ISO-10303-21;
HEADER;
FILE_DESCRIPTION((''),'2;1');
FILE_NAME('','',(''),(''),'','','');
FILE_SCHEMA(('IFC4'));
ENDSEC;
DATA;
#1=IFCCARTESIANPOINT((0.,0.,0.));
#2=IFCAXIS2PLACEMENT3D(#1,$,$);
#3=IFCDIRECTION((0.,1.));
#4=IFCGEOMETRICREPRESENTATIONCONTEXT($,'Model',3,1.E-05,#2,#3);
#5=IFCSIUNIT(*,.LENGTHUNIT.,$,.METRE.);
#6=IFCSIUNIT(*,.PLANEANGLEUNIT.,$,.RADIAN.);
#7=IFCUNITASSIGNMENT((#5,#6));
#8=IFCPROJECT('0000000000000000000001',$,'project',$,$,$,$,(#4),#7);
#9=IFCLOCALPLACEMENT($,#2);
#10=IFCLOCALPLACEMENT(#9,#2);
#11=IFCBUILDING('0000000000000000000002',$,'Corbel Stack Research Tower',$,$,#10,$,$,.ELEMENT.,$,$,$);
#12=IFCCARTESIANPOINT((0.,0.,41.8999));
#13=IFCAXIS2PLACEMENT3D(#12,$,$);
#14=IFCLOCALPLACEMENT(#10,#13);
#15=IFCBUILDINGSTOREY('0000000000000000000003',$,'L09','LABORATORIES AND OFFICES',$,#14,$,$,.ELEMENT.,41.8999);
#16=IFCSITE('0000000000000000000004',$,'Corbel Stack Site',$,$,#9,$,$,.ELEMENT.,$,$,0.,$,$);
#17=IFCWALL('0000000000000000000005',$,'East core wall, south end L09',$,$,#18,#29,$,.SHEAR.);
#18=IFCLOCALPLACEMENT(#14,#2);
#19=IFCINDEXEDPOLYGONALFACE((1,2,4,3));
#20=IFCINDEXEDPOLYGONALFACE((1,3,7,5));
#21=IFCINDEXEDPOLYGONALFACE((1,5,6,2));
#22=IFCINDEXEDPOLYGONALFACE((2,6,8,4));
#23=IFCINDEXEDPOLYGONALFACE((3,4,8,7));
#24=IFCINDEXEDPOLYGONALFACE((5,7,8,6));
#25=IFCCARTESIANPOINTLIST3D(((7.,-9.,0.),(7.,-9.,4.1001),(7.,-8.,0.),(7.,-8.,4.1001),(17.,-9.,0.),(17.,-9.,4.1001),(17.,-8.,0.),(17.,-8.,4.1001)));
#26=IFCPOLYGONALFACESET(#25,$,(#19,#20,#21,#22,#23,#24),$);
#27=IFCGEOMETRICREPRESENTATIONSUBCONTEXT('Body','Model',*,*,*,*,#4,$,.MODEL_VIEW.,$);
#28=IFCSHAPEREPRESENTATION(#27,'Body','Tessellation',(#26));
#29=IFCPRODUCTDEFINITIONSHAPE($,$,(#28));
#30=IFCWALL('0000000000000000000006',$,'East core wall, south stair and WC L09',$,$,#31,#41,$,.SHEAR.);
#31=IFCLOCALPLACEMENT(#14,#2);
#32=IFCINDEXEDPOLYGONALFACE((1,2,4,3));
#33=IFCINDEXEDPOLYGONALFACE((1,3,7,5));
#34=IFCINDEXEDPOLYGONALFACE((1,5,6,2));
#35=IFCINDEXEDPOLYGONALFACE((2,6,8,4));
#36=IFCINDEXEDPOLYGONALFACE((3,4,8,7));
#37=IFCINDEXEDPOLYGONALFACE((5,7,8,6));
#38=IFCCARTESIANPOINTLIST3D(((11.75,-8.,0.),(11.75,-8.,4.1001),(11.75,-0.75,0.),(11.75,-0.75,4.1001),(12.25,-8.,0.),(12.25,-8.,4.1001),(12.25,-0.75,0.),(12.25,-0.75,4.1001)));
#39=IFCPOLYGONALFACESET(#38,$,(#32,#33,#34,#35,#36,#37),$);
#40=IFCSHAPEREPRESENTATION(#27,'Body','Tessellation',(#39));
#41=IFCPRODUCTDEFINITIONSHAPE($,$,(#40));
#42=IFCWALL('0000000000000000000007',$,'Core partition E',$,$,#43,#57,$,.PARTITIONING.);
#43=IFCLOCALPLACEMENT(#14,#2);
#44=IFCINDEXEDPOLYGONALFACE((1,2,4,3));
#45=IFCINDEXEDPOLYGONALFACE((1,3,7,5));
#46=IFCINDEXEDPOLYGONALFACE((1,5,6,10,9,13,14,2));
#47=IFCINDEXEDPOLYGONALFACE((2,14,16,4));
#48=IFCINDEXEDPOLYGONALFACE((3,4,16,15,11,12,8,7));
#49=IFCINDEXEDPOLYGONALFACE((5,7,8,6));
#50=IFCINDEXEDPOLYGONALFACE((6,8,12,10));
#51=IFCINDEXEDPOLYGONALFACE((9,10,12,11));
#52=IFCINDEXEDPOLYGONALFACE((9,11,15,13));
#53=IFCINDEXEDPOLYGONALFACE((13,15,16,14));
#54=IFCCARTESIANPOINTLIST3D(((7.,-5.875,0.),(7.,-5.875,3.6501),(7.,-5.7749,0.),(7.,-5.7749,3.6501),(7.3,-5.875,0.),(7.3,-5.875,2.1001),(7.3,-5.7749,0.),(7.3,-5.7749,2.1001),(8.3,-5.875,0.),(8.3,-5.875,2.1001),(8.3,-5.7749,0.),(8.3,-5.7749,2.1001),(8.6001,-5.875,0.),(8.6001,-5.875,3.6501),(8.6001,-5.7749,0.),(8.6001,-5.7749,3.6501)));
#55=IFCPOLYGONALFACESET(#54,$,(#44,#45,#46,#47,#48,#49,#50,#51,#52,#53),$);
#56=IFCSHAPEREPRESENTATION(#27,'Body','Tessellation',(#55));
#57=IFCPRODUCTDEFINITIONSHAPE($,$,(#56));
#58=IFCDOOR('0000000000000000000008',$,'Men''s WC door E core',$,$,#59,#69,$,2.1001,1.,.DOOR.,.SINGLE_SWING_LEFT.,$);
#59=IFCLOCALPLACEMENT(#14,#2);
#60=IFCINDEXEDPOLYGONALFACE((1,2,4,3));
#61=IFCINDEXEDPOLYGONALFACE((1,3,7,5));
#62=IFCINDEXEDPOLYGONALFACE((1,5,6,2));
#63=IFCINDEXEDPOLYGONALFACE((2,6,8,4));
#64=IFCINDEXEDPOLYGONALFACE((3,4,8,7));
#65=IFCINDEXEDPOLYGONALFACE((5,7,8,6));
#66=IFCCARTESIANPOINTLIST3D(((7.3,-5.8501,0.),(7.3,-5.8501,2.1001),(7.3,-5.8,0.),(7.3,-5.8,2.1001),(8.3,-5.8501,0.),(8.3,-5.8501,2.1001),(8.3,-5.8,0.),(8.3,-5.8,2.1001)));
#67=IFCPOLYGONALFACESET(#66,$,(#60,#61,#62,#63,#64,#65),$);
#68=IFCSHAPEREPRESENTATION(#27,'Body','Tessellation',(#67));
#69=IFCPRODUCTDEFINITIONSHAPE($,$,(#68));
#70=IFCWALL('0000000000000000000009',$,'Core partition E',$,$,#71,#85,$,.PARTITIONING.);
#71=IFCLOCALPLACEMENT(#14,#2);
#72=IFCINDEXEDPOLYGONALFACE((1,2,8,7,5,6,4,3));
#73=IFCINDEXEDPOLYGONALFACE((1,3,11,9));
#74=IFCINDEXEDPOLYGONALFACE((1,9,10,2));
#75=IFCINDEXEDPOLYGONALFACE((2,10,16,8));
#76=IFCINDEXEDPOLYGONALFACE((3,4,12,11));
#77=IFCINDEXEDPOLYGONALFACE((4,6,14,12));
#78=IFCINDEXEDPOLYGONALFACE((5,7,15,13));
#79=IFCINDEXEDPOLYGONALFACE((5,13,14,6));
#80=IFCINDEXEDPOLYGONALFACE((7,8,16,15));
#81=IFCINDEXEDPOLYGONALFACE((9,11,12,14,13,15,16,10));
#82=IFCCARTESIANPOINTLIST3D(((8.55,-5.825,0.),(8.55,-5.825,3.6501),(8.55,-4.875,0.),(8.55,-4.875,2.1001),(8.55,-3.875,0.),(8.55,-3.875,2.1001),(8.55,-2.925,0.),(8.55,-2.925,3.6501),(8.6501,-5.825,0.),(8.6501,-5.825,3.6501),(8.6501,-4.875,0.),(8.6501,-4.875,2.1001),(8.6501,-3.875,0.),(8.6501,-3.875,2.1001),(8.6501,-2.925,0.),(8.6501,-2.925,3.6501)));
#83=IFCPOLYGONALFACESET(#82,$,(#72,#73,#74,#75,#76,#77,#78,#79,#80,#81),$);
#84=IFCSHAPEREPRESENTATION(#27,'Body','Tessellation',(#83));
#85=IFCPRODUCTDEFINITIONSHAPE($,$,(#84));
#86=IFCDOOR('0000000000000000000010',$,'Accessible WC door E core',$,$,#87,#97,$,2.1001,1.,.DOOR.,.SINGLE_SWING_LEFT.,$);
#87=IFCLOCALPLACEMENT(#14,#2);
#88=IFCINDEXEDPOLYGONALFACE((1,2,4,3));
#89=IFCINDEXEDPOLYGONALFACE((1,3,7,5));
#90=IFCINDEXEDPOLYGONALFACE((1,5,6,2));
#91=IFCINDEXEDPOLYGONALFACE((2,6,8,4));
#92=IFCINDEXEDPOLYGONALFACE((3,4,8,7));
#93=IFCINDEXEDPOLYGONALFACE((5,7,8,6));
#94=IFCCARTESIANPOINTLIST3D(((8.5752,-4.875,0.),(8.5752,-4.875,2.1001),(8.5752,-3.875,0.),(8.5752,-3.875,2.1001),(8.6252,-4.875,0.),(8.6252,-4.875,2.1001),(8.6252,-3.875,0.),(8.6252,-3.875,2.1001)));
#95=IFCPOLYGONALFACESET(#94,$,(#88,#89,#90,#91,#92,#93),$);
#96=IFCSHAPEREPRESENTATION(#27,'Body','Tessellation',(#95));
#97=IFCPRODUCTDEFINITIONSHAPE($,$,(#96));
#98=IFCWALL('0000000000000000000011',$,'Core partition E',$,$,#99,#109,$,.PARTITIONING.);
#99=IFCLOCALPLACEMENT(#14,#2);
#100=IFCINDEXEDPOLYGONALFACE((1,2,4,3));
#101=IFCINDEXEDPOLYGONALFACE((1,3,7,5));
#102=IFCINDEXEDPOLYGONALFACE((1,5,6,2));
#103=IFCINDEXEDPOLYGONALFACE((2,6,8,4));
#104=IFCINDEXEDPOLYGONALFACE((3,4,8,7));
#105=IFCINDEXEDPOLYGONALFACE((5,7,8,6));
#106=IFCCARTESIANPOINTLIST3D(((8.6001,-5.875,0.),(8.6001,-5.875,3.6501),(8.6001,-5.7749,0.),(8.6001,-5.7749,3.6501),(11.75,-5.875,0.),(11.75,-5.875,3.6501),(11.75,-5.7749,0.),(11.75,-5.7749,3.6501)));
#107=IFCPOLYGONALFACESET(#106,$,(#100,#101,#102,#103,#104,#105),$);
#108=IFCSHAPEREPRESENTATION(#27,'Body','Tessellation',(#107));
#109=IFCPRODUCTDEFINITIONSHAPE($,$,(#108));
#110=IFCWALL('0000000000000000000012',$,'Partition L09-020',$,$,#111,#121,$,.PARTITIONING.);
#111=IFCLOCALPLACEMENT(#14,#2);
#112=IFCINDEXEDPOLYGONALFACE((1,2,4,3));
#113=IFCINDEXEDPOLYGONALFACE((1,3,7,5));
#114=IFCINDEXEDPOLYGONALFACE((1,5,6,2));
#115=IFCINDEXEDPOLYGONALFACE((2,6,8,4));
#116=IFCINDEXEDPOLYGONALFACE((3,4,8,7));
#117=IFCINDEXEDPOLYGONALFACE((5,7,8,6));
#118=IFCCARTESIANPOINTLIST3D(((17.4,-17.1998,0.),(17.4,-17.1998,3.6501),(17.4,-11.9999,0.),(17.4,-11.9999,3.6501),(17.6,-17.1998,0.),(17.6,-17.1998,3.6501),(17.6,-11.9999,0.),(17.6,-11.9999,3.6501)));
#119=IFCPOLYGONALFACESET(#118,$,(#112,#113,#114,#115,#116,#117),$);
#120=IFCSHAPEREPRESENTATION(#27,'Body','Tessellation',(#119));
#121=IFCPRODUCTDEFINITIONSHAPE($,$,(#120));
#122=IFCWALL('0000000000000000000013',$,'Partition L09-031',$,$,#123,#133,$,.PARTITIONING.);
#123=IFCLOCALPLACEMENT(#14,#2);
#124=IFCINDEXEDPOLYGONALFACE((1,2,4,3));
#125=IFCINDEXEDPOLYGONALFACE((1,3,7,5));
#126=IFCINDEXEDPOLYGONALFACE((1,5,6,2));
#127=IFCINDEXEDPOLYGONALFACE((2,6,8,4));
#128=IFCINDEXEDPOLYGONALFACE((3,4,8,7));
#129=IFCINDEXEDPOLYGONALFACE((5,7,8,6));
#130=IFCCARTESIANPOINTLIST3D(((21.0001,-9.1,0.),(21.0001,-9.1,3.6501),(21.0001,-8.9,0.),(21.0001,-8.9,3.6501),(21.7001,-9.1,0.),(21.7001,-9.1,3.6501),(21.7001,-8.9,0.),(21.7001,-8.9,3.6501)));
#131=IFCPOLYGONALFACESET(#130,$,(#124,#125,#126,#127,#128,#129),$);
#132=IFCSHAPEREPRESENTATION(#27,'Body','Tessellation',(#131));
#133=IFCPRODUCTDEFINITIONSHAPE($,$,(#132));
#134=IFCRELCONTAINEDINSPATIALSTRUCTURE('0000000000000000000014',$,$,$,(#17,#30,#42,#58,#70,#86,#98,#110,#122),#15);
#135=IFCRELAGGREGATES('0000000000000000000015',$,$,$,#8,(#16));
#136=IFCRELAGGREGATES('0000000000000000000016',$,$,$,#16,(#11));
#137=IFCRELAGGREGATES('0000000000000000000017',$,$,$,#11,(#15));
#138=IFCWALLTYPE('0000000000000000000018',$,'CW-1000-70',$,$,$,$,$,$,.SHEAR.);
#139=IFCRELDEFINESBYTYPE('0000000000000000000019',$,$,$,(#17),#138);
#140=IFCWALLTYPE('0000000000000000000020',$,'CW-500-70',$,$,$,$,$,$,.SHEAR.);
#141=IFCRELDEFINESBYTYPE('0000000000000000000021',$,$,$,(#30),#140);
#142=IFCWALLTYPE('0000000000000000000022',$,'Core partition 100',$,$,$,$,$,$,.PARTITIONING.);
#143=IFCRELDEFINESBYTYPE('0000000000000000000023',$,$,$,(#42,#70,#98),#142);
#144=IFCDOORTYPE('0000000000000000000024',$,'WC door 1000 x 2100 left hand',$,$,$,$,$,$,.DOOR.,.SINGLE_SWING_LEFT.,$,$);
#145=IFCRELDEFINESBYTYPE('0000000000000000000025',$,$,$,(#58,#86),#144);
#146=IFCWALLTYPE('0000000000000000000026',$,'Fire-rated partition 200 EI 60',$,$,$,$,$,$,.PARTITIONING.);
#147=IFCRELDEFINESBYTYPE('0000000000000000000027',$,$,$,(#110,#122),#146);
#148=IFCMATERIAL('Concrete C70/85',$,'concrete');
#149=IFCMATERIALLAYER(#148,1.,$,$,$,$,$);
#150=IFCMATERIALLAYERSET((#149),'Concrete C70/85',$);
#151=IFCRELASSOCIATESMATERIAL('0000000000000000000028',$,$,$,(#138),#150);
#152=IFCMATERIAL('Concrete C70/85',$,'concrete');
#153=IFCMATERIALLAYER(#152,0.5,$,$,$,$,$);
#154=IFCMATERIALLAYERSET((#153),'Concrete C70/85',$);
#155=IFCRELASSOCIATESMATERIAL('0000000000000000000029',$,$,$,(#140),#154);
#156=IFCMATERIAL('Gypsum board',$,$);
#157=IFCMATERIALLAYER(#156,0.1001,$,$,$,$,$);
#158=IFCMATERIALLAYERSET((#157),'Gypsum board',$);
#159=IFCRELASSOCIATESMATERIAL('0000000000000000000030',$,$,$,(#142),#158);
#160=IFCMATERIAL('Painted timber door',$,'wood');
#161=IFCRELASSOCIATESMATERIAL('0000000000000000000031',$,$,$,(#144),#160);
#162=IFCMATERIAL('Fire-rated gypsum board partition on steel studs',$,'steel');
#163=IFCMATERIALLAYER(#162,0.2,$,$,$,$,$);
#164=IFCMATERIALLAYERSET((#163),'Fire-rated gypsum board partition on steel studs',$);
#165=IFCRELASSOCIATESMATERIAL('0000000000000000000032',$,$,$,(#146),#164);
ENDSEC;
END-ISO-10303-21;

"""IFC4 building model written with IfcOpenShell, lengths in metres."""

from ifc_helpers import new_model, si_unit, direction, frame, frame_2d, origin, place, context, subcontext, project, spatial, rectangle, extrude, material, layer, layer_set, type_object, element, fill, save


model = new_model("IFC4")

# Units and contexts
model_context = context("Model", 3, precision=1e-05, world=origin(), true_north=direction((0.0, 1.0)))
body_context = subcontext(model_context, "Body", "Model", "MODEL_VIEW")
ifc_project = project(units=[si_unit("LENGTHUNIT", "METRE"), si_unit("PLANEANGLEUNIT", "RADIAN")], contexts=[model_context])

# Site, building, storey
site_placement = place(None, origin())
site = spatial("IfcSite", under=ifc_project, at=site_placement, Name="Corbel Stack Site", CompositionType="ELEMENT", RefElevation=0.0)
building_placement = place(site_placement, origin())
building = spatial("IfcBuilding", under=site, at=building_placement, Name="Corbel Stack Research Tower", CompositionType="ELEMENT")
storey_placement = place(building_placement, frame((0.0, 0.0, 41.8999)))
storey = spatial("IfcBuildingStorey", under=building, at=storey_placement, Name="L09", Description="LABORATORIES AND OFFICES", CompositionType="ELEMENT", Elevation=41.8999)

# Shared definitions
ifc_material_1 = material(Name="Concrete C70/85", Category="concrete")
ifc_layer_1 = layer(ifc_material_1, 1.0)
ifc_layer_set_1 = layer_set([ifc_layer_1], Name="Concrete C70/85")
wall_type_1 = type_object("IfcWallType", Name="CW-1000-70", PredefinedType="SHEAR", material=ifc_layer_set_1)

# Walls
wall_1_placement = place(storey_placement, frame((7.0, -8.5, 0.0), z_axis=(0.0, 0.0, 1.0), x_axis=(1.0, 0.0, 0.0)))
element("IfcWall", 1, at=wall_1_placement, inside=storey, type_object=wall_type_1, Name="East core wall, south end L09", PredefinedType="SHEAR", context=body_context, shape_type="SweptSolid", body=[
    extrude(rectangle(XDim=10.0, YDim=1.0, at=frame_2d((5.0, 0.0))), origin(), (0.0, 0.0, 1.0), 4.1001),
])
ifc_material_2 = material(Name="Concrete C70/85", Category="concrete")
ifc_layer_2 = layer(ifc_material_2, 0.5)
ifc_layer_set_2 = layer_set([ifc_layer_2], Name="Concrete C70/85")
wall_type_2 = type_object("IfcWallType", Name="CW-500-70", PredefinedType="SHEAR", material=ifc_layer_set_2)
wall_2_placement = place(storey_placement, frame((12.0, -8.0, 0.0), z_axis=(0.0, 0.0, 1.0), x_axis=(0.0, 1.0, 0.0)))
element("IfcWall", 2, at=wall_2_placement, inside=storey, type_object=wall_type_2, Name="East core wall, south stair and WC L09", PredefinedType="SHEAR", context=body_context, shape_type="SweptSolid", body=[
    extrude(rectangle(XDim=7.25, YDim=0.5, at=frame_2d((3.625, 0.0))), origin(), (0.0, 0.0, 1.0), 4.1001),
])

# Walls, openings, doors
ifc_material_3 = material(Name="Gypsum board")
ifc_layer_3 = layer(ifc_material_3, 0.1001)
ifc_layer_set_3 = layer_set([ifc_layer_3], Name="Gypsum board")
wall_type_3 = type_object("IfcWallType", Name="Core partition 100", PredefinedType="PARTITIONING", material=ifc_layer_set_3)
wall_3_placement = place(storey_placement, frame((7.0, -5.825, 0.0), z_axis=(0.0, 0.0, 1.0), x_axis=(1.0, 0.0, 0.0)))
wall_3 = element("IfcWall", 3, at=wall_3_placement, inside=storey, type_object=wall_type_3, Name="Core partition E", PredefinedType="PARTITIONING", context=body_context, shape_type="SweptSolid", body=[
    extrude(rectangle(XDim=1.6001, YDim=0.1001, at=frame_2d((0.8, 0.0))), origin(), (0.0, 0.0, 1.0), 3.6501),
])
opening_1_placement = place(wall_3_placement, frame((0.3, 0.0, 0.0)))
opening_1 = element("IfcOpeningElement", 4, at=opening_1_placement, cuts=wall_3, PredefinedType="OPENING", context=body_context, shape_type="SweptSolid", body=[
    extrude(rectangle(XDim=1.0, YDim=2.1001, at=frame_2d((0.5, 1.05))), frame((0.0, 0.0601, 0.0), z_axis=(0.0, -1.0, 0.0), x_axis=(1.0, 0.0, 0.0)), (0.0, 0.0, 1.0), 0.1201),
])
ifc_material_4 = material(Name="Painted timber door", Category="wood")
door_type_1 = type_object("IfcDoorType", Name="WC door 1000 x 2100 left hand", OperationType="SINGLE_SWING_LEFT", PredefinedType="DOOR", material=ifc_material_4)
door_1_placement = place(opening_1_placement, origin())
door_1 = element("IfcDoor", 5, at=door_1_placement, inside=storey, type_object=door_type_1, Name="Men's WC door E core", OperationType="SINGLE_SWING_LEFT", OverallHeight=2.1001, OverallWidth=1.0, PredefinedType="DOOR", context=body_context, shape_type="SweptSolid", body=[
    extrude(rectangle(XDim=1.0, YDim=2.1001, at=frame_2d((0.5, 1.05))), frame((0.0, 0.0249, 0.0), z_axis=(0.0, -1.0, 0.0), x_axis=(1.0, 0.0, 0.0)), (0.0, 0.0, 1.0), 0.05),
])
fill(opening_1, door_1)
wall_4_placement = place(storey_placement, frame((8.6001, -5.825, 0.0), z_axis=(0.0, 0.0, 1.0), x_axis=(0.0, 1.0, 0.0)))
wall_4 = element("IfcWall", 6, at=wall_4_placement, inside=storey, type_object=wall_type_3, Name="Core partition E", PredefinedType="PARTITIONING", context=body_context, shape_type="SweptSolid", body=[
    extrude(rectangle(XDim=2.8999, YDim=0.1001, at=frame_2d((1.45, 0.0))), origin(), (0.0, 0.0, 1.0), 3.6501),
])
opening_2_placement = place(wall_4_placement, frame((0.95, 0.0, 0.0)))
opening_2 = element("IfcOpeningElement", 7, at=opening_2_placement, cuts=wall_4, PredefinedType="OPENING", context=body_context, shape_type="SweptSolid", body=[
    extrude(rectangle(XDim=1.0, YDim=2.1001, at=frame_2d((0.5, 1.05))), frame((0.0, 0.0601, 0.0), z_axis=(0.0, -1.0, 0.0), x_axis=(1.0, 0.0, 0.0)), (0.0, 0.0, 1.0), 0.1201),
])
door_2_placement = place(opening_2_placement, origin())
door_2 = element("IfcDoor", 8, at=door_2_placement, inside=storey, type_object=door_type_1, Name="Accessible WC door E core", OperationType="SINGLE_SWING_LEFT", OverallHeight=2.1001, OverallWidth=1.0, PredefinedType="DOOR", context=body_context, shape_type="SweptSolid", body=[
    extrude(rectangle(XDim=1.0, YDim=2.1001, at=frame_2d((0.5, 1.05))), frame((0.0, 0.0249, 0.0), z_axis=(0.0, -1.0, 0.0), x_axis=(1.0, 0.0, 0.0)), (0.0, 0.0, 1.0), 0.05),
])
fill(opening_2, door_2)

# Walls
wall_5_placement = place(storey_placement, frame((8.6001, -5.825, 0.0), z_axis=(0.0, 0.0, 1.0), x_axis=(1.0, 0.0, 0.0)))
element("IfcWall", 9, at=wall_5_placement, inside=storey, type_object=wall_type_3, Name="Core partition E", PredefinedType="PARTITIONING", context=body_context, shape_type="SweptSolid", body=[
    extrude(rectangle(XDim=3.1499, YDim=0.1001, at=frame_2d((1.575, 0.0))), origin(), (0.0, 0.0, 1.0), 3.6501),
])
ifc_material_5 = material(Name="Fire-rated gypsum board partition on steel studs", Category="steel")
ifc_layer_4 = layer(ifc_material_5, 0.2)
ifc_layer_set_4 = layer_set([ifc_layer_4], Name="Fire-rated gypsum board partition on steel studs")
wall_type_4 = type_object("IfcWallType", Name="Fire-rated partition 200 EI 60", PredefinedType="PARTITIONING", material=ifc_layer_set_4)
wall_6_placement = place(storey_placement, frame((17.5, -17.2, 0.0), z_axis=(0.0, 0.0, 1.0), x_axis=(0.0, 1.0, 0.0)))
element("IfcWall", 10, at=wall_6_placement, inside=storey, type_object=wall_type_4, Name="Partition L09-020", PredefinedType="PARTITIONING", context=body_context, shape_type="SweptSolid", body=[
    extrude(rectangle(XDim=5.2, YDim=0.2, at=frame_2d((2.6001, 0.0))), origin(), (0.0, 0.0, 1.0), 3.6501),
])
wall_7_placement = place(storey_placement, frame((21.0, -9.0, 0.0), z_axis=(0.0, 0.0, 1.0), x_axis=(1.0, 0.0, 0.0)))
element("IfcWall", 11, at=wall_7_placement, inside=storey, type_object=wall_type_4, Name="Partition L09-031", PredefinedType="PARTITIONING", context=body_context, shape_type="SweptSolid", body=[
    extrude(rectangle(XDim=0.7, YDim=0.2, at=frame_2d((0.3501, 0.0))), origin(), (0.0, 0.0, 1.0), 3.6501),
])

save(model, "model.ifc")
